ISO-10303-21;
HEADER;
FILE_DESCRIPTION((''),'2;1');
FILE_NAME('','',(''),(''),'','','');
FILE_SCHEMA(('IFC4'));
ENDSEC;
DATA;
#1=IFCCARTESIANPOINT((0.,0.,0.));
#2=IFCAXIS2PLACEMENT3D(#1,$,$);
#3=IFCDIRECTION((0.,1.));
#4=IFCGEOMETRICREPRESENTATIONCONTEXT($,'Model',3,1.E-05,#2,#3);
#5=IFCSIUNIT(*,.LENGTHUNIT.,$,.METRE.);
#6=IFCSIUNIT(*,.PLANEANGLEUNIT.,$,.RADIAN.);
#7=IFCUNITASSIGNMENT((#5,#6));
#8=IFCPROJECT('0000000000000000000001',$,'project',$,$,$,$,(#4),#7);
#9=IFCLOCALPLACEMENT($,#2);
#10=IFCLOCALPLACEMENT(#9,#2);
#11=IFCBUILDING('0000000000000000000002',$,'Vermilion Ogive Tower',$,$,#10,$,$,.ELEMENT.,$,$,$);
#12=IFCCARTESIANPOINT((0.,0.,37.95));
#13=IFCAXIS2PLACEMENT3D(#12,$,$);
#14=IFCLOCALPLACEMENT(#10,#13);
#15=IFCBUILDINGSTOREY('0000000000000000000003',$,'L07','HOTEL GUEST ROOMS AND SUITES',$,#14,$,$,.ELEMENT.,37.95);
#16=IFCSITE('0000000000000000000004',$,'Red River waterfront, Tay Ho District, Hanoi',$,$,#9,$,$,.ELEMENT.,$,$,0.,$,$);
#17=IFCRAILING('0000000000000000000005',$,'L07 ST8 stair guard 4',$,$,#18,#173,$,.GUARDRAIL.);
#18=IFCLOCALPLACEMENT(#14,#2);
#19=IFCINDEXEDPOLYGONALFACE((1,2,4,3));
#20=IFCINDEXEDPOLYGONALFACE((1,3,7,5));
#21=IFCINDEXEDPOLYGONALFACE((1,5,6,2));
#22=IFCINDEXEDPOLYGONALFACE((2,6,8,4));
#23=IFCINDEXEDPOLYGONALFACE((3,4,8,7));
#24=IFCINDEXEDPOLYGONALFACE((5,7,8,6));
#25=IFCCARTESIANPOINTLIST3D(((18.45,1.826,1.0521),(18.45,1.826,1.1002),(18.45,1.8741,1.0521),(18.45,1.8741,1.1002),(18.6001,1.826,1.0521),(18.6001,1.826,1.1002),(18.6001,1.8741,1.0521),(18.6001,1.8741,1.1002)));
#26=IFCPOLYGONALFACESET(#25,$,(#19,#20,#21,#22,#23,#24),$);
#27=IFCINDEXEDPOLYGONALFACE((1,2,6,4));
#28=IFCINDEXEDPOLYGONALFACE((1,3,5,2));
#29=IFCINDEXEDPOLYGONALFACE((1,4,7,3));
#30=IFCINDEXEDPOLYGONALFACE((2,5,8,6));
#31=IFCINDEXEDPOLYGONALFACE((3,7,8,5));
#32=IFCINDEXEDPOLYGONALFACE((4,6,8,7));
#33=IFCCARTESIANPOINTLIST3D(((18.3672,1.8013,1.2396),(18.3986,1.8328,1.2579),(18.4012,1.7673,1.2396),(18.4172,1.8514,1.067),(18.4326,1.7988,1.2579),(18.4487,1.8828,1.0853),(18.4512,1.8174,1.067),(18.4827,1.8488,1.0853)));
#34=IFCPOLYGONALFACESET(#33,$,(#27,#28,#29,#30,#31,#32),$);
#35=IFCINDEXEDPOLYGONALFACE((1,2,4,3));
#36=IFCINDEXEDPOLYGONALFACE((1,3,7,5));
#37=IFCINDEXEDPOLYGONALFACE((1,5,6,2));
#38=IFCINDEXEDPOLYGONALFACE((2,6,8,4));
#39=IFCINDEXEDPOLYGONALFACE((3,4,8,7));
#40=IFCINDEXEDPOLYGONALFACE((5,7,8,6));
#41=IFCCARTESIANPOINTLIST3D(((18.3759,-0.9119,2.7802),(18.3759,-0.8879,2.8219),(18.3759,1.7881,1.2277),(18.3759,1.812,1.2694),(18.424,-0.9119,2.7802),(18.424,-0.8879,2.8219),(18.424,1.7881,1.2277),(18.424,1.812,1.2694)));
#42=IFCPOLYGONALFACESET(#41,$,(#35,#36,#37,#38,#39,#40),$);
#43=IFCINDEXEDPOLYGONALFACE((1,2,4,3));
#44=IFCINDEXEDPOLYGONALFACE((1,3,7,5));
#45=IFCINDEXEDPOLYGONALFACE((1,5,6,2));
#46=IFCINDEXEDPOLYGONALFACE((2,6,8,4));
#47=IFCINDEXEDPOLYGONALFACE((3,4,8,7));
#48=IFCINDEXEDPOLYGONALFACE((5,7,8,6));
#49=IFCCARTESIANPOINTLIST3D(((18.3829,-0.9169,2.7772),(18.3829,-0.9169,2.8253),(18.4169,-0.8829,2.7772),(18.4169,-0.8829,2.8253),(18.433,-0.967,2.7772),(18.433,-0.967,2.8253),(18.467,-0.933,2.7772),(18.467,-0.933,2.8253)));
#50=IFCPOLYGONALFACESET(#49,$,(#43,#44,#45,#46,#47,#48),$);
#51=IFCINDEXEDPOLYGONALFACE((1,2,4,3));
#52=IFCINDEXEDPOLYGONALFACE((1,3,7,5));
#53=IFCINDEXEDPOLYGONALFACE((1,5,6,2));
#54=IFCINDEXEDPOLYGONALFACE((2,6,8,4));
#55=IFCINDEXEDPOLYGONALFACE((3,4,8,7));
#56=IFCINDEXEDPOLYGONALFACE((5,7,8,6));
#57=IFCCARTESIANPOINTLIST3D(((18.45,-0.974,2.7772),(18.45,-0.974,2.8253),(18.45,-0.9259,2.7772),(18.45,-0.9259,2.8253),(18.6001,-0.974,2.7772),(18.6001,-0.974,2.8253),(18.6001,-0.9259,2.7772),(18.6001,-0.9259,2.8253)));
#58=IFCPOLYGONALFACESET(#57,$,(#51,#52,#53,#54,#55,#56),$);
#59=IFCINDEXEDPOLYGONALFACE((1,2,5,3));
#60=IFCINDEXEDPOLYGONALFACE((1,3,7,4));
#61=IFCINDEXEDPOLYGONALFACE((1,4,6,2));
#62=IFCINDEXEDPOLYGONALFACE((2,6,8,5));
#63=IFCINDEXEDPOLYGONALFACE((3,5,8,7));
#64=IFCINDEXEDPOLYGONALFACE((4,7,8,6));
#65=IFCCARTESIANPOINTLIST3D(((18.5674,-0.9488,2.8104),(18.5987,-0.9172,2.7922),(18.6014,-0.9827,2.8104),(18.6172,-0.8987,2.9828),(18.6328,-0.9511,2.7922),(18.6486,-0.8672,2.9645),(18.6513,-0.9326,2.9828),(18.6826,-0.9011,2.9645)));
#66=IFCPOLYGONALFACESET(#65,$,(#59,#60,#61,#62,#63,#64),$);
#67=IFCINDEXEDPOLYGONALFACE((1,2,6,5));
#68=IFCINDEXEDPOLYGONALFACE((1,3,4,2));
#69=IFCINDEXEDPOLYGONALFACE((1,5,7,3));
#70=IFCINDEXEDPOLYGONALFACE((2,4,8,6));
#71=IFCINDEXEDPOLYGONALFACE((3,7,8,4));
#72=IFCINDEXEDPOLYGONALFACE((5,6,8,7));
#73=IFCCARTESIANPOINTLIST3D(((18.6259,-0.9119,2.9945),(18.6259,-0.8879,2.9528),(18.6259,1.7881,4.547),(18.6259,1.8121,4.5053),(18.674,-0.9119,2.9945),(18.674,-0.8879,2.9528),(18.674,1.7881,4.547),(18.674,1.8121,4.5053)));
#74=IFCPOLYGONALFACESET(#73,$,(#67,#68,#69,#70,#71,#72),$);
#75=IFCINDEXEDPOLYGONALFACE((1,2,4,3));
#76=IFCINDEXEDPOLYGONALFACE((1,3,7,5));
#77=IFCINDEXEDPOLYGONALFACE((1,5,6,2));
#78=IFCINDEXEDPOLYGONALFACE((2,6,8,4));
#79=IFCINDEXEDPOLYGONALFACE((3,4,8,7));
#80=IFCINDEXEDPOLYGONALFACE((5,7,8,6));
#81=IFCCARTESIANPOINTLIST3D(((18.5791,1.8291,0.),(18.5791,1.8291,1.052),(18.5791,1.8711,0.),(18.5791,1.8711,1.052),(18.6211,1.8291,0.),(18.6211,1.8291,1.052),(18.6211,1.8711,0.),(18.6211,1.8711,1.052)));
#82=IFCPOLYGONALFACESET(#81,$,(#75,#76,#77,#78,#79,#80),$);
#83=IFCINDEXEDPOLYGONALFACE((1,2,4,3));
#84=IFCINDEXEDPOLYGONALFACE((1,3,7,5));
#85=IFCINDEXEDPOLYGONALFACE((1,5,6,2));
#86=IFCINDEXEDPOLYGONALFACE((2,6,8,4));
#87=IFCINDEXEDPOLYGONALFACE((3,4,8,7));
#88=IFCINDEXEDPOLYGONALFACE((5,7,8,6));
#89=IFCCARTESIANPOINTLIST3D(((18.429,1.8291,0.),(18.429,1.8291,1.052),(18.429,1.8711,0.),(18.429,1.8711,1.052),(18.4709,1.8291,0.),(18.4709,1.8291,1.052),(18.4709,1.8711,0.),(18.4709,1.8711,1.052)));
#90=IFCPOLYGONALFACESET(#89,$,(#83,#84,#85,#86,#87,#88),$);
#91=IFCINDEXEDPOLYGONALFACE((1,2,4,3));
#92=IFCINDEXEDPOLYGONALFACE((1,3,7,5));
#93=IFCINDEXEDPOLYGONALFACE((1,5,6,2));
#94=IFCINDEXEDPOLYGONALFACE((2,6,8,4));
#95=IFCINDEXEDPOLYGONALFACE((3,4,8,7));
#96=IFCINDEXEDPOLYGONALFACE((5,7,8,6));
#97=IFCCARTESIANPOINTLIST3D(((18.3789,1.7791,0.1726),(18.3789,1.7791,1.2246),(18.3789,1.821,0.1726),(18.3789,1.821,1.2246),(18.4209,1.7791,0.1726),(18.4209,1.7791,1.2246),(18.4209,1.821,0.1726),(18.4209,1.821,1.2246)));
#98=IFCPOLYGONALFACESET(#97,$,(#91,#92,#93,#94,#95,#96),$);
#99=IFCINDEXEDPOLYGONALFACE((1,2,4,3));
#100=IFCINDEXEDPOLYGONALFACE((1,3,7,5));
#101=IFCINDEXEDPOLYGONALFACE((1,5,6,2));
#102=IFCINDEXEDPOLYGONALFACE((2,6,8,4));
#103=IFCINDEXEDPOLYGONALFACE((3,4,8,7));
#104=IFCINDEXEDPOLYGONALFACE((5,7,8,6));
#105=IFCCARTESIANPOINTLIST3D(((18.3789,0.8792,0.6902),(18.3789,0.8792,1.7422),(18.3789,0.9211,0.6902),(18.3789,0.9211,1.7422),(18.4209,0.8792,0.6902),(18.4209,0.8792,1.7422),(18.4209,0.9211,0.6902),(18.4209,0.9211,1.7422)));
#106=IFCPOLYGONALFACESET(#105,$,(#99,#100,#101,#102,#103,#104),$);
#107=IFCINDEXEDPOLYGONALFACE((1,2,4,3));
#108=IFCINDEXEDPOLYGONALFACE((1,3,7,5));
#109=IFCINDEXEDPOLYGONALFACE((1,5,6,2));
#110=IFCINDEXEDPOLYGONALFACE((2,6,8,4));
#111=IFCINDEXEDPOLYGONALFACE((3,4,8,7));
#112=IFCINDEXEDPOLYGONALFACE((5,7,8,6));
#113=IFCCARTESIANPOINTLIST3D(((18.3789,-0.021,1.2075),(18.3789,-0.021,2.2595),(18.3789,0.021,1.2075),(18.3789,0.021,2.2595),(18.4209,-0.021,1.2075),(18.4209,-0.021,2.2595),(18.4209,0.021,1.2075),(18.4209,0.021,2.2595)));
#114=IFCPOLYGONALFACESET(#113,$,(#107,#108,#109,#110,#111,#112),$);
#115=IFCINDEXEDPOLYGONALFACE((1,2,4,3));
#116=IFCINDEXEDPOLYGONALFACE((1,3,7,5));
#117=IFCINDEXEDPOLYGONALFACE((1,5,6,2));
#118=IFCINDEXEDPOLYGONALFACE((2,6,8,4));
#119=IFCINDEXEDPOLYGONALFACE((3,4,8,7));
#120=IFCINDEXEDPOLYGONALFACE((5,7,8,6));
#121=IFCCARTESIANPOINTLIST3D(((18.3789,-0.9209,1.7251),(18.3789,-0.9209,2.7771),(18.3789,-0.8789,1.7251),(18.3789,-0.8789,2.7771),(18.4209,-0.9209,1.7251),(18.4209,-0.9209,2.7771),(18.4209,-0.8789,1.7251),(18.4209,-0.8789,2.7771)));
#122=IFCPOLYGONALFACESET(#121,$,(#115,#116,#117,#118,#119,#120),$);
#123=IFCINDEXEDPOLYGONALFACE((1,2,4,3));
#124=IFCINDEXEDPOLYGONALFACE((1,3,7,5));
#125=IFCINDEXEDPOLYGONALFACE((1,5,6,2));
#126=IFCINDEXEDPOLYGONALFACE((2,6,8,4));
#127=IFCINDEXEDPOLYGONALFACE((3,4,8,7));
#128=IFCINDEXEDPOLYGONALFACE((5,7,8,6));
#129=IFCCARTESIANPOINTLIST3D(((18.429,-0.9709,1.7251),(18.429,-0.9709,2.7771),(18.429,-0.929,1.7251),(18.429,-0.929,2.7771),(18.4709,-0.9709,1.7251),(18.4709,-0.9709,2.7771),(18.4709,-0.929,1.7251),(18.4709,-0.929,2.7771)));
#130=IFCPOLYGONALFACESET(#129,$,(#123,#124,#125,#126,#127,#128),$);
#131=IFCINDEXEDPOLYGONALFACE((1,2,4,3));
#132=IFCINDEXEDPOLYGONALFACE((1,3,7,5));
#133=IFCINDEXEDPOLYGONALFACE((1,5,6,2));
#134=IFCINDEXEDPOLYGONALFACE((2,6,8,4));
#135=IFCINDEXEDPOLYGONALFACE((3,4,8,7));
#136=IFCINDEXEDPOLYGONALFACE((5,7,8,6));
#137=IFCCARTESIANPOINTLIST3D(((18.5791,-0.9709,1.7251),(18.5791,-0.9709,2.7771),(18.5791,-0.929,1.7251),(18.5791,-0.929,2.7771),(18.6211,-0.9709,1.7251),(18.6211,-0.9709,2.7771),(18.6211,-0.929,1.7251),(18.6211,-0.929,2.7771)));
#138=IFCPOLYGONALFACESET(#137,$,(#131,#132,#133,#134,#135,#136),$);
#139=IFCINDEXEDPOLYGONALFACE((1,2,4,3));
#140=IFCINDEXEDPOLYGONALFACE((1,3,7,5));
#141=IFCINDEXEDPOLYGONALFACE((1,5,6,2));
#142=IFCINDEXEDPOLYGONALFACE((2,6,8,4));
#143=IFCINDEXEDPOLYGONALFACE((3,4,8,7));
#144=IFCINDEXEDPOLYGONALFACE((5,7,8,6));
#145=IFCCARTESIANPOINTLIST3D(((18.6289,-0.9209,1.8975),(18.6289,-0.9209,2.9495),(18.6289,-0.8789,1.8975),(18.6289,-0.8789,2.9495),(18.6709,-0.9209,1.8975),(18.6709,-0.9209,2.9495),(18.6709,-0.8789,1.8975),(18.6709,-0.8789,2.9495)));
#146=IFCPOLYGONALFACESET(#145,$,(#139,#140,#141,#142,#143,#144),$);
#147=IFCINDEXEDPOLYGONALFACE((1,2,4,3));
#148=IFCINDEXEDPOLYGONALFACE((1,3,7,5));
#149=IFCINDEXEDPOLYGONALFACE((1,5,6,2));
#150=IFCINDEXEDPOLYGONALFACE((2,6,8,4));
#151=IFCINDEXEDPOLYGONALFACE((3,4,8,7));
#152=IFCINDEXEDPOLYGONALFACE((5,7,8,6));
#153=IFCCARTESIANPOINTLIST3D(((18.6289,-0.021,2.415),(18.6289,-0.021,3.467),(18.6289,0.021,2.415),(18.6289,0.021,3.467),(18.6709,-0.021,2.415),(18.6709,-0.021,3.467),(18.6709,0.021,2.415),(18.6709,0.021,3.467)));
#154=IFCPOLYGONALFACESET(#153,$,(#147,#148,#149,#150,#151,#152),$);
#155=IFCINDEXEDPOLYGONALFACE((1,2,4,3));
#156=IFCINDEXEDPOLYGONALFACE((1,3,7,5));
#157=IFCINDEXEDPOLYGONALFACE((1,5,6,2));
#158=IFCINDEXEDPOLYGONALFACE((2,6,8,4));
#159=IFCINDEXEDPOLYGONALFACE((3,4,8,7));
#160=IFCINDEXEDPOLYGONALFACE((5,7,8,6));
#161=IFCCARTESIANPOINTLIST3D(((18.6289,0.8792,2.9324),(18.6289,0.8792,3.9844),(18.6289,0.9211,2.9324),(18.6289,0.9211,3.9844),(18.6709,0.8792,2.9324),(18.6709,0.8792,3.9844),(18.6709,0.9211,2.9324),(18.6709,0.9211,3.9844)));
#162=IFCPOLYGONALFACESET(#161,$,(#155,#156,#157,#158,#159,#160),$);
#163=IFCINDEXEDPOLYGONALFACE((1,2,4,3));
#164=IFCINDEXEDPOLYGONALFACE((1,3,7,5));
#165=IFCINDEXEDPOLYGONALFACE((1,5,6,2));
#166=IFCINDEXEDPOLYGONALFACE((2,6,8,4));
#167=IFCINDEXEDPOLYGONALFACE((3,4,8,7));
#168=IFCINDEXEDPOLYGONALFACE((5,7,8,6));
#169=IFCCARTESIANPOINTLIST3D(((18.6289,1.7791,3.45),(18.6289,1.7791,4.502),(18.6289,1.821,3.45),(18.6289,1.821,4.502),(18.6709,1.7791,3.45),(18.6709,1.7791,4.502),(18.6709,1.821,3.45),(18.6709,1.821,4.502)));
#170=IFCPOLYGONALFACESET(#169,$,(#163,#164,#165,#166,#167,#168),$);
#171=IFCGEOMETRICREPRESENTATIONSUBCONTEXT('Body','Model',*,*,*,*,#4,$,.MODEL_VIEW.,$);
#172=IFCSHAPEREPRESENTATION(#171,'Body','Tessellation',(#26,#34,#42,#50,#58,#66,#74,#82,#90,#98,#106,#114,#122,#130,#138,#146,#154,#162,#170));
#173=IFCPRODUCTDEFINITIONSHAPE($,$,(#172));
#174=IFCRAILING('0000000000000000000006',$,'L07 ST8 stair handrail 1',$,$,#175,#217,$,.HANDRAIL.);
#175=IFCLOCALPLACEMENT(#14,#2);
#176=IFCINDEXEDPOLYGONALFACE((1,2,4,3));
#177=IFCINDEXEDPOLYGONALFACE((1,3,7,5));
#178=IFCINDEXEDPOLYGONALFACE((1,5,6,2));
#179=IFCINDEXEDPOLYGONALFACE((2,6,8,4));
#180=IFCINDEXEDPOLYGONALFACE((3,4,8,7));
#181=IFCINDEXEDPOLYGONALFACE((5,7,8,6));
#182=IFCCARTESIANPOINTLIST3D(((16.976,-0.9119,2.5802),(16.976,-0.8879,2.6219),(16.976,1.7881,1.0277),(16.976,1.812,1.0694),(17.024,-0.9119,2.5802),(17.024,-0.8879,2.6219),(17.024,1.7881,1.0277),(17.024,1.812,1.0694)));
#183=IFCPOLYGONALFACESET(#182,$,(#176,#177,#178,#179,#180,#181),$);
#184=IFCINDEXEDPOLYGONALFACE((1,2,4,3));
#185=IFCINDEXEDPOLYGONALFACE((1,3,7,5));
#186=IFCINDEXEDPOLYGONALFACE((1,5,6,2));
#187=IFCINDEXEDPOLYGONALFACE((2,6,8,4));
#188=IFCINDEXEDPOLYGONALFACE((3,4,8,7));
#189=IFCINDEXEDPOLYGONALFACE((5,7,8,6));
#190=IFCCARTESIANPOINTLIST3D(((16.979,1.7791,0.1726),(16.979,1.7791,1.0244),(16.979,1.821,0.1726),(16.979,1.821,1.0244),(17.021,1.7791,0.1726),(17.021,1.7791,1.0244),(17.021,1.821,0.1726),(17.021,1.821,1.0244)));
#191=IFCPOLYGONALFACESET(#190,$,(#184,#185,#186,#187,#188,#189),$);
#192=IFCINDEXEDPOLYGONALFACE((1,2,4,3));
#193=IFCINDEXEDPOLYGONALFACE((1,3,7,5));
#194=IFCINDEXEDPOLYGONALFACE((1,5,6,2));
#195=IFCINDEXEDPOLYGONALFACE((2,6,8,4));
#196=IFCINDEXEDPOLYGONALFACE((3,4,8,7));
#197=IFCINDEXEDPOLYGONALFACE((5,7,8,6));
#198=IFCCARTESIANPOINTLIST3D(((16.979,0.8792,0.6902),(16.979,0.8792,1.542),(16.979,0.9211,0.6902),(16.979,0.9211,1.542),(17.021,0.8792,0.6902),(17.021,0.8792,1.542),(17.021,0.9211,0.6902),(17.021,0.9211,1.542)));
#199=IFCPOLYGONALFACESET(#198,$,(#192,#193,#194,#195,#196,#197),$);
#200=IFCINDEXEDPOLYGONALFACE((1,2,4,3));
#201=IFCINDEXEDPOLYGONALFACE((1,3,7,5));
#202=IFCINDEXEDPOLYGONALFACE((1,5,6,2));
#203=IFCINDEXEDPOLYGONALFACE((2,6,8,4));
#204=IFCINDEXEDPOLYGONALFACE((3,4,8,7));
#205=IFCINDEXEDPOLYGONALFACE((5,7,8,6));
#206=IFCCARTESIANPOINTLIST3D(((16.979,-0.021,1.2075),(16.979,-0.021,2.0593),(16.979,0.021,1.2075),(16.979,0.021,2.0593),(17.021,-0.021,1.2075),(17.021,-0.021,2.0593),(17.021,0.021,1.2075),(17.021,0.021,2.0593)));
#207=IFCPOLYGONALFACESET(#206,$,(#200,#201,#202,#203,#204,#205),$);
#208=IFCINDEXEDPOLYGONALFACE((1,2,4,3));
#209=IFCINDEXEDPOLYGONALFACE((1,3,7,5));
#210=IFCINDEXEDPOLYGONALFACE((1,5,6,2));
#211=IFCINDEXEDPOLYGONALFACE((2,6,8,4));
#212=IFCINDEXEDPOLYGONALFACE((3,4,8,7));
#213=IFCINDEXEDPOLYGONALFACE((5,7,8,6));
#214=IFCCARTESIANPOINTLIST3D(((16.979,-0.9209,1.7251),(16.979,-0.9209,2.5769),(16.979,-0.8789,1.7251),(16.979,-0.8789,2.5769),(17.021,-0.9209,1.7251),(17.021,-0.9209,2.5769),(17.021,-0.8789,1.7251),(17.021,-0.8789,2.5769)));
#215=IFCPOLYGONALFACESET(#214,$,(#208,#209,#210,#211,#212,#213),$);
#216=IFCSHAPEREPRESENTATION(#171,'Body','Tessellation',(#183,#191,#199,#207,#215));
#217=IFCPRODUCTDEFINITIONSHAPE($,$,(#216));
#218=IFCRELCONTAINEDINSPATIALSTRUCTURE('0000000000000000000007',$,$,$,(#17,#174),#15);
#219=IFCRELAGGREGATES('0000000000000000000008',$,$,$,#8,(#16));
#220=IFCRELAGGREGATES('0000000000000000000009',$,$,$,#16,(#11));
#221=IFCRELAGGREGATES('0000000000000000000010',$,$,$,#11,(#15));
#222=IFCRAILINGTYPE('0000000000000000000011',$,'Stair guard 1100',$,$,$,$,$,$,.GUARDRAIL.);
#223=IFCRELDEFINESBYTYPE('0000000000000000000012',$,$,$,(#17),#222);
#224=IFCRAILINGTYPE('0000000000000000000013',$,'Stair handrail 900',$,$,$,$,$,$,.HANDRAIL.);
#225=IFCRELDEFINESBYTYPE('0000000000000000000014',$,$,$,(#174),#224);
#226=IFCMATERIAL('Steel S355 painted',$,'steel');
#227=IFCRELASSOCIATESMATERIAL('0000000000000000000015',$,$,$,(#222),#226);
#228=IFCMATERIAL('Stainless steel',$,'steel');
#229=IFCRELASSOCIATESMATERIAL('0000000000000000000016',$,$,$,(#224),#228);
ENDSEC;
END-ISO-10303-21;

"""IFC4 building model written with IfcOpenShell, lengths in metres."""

from ifc_helpers import new_model, si_unit, direction, frame, origin, origin_2d, place, context, subcontext, project, spatial, rectangle, extrude, material, type_object, element, save


model = new_model("IFC4")

# Units and contexts
model_context = context("Model", 3, precision=1e-05, world=origin(), true_north=direction((0.0, 1.0)))
body_context = subcontext(model_context, "Body", "Model", "MODEL_VIEW")
ifc_project = project(units=[si_unit("LENGTHUNIT", "METRE"), si_unit("PLANEANGLEUNIT", "RADIAN")], contexts=[model_context])

# Site, building, storey
site_placement = place(None, origin())
site = spatial("IfcSite", under=ifc_project, at=site_placement, Name="Red River waterfront, Tay Ho District, Hanoi", CompositionType="ELEMENT", RefElevation=0.0)
building_placement = place(site_placement, origin())
building = spatial("IfcBuilding", under=site, at=building_placement, Name="Vermilion Ogive Tower", CompositionType="ELEMENT")
storey_placement = place(building_placement, frame((0.0, 0.0, 37.95)))
storey = spatial("IfcBuildingStorey", under=building, at=storey_placement, Name="L07", Description="HOTEL GUEST ROOMS AND SUITES", CompositionType="ELEMENT", Elevation=37.95)

# Railings
ifc_material_1 = material(Name="Steel S355 painted", Category="steel")
railing_type_1 = type_object("IfcRailingType", Name="Stair guard 1100", PredefinedType="GUARDRAIL", material=ifc_material_1)
railing_1_placement = place(storey_placement, frame((18.6001, 1.8501, 0.0)))
element("IfcRailing", 1, at=railing_1_placement, inside=storey, type_object=railing_type_1, Name="L07 ST8 stair guard 4", PredefinedType="GUARDRAIL", context=body_context, shape_type="SweptSolid", body=[
    extrude(rectangle(XDim=0.0481, YDim=0.0481, at=origin_2d()), frame((0.0, 0.0, 1.0762), z_axis=(-1.0, 0.0, 0.0), x_axis=(0.0, -1.0, 0.0)), (0.0, 0.0, 1.0), 0.1501),
    extrude(rectangle(XDim=0.0481, YDim=0.0481, at=origin_2d()), frame((-0.1501, 0.0, 1.0762), z_axis=(-0.268278, -0.268278, 0.925232), x_axis=(0.707107, -0.707107, 0.0)), (0.0, 0.0, 1.0), 0.1865),
    extrude(rectangle(XDim=0.0481, YDim=0.0481, at=origin_2d()), frame((-0.2002, -0.05, 1.2485), z_axis=(0.0, -0.866904, 0.498476), x_axis=(1.0, 0.0, 0.0)), (0.0, 0.0, 1.0), 3.1145),
    extrude(rectangle(XDim=0.0481, YDim=0.0481, at=origin_2d()), frame((-0.2002, -2.75, 2.8013), z_axis=(0.707107, -0.707107, 0.0), x_axis=(0.707107, 0.707107, 0.0)), (0.0, 0.0, 1.0), 0.0708),
    extrude(rectangle(XDim=0.0481, YDim=0.0481, at=origin_2d()), frame((-0.1501, -2.8, 2.8013), z_axis=(1.0, 0.0, 0.0), x_axis=(0.0, 1.0, 0.0)), (0.0, 0.0, 1.0), 0.1501),
    extrude(rectangle(XDim=0.0481, YDim=0.0481, at=origin_2d()), frame((0.0, -2.8, 2.8013), z_axis=(0.267387, 0.268698, 0.925368), x_axis=(-0.708834, 0.705376, 0.0)), (0.0, 0.0, 1.0), 0.1863),
    extrude(rectangle(XDim=0.0481, YDim=0.0481, at=origin_2d()), frame((0.0498, -2.75, 2.9736), z_axis=(0.0, 0.866904, 0.498476), x_axis=(-1.0, 0.0, 0.0)), (0.0, 0.0, 1.0), 3.1145),
    extrude(rectangle(XDim=0.042, YDim=0.042, at=origin_2d()), origin(), (0.0, 0.0, 1.0), 1.052),
    extrude(rectangle(XDim=0.042, YDim=0.042, at=origin_2d()), frame((-0.1501, 0.0, 0.0)), (0.0, 0.0, 1.0), 1.052),
    extrude(rectangle(XDim=0.042, YDim=0.042, at=origin_2d()), frame((-0.2002, -0.05, 0.1726)), (0.0, 0.0, 1.0), 1.052),
    extrude(rectangle(XDim=0.042, YDim=0.042, at=origin_2d()), frame((-0.2002, -0.95, 0.6902)), (0.0, 0.0, 1.0), 1.052),
    extrude(rectangle(XDim=0.042, YDim=0.042, at=origin_2d()), frame((-0.2002, -1.8501, 1.2075)), (0.0, 0.0, 1.0), 1.052),
    extrude(rectangle(XDim=0.042, YDim=0.042, at=origin_2d()), frame((-0.2002, -2.75, 1.7251)), (0.0, 0.0, 1.0), 1.052),
    extrude(rectangle(XDim=0.042, YDim=0.042, at=origin_2d()), frame((-0.1501, -2.8, 1.7251)), (0.0, 0.0, 1.0), 1.052),
    extrude(rectangle(XDim=0.042, YDim=0.042, at=origin_2d()), frame((0.0, -2.8, 1.7251)), (0.0, 0.0, 1.0), 1.052),
    extrude(rectangle(XDim=0.042, YDim=0.042, at=origin_2d()), frame((0.0498, -2.75, 1.8975)), (0.0, 0.0, 1.0), 1.052),
    extrude(rectangle(XDim=0.042, YDim=0.042, at=origin_2d()), frame((0.0498, -1.8501, 2.415)), (0.0, 0.0, 1.0), 1.052),
    extrude(rectangle(XDim=0.042, YDim=0.042, at=origin_2d()), frame((0.0498, -0.95, 2.9324)), (0.0, 0.0, 1.0), 1.052),
    extrude(rectangle(XDim=0.042, YDim=0.042, at=origin_2d()), frame((0.0498, -0.05, 3.45)), (0.0, 0.0, 1.0), 1.052),
])
ifc_material_2 = material(Name="Stainless steel", Category="steel")
railing_type_2 = type_object("IfcRailingType", Name="Stair handrail 900", PredefinedType="HANDRAIL", material=ifc_material_2)
railing_2_placement = place(storey_placement, frame((17.0, 1.8, 0.1726)))
element("IfcRailing", 2, at=railing_2_placement, inside=storey, type_object=railing_type_2, Name="L07 ST8 stair handrail 1", PredefinedType="HANDRAIL", context=body_context, shape_type="SweptSolid", body=[
    extrude(rectangle(XDim=0.0481, YDim=0.0481, at=origin_2d()), frame((0.0, 0.0, 0.876), z_axis=(0.0, -0.866904, 0.498476), x_axis=(1.0, 0.0, 0.0)), (0.0, 0.0, 1.0), 3.1145),
    extrude(rectangle(XDim=0.042, YDim=0.042, at=origin_2d()), origin(), (0.0, 0.0, 1.0), 0.8518),
    extrude(rectangle(XDim=0.042, YDim=0.042, at=origin_2d()), frame((0.0, -0.8999, 0.5176)), (0.0, 0.0, 1.0), 0.8518),
    extrude(rectangle(XDim=0.042, YDim=0.042, at=origin_2d()), frame((0.0, -1.8, 1.0349)), (0.0, 0.0, 1.0), 0.8518),
    extrude(rectangle(XDim=0.042, YDim=0.042, at=origin_2d()), frame((0.0, -2.7, 1.5525)), (0.0, 0.0, 1.0), 0.8518),
])

save(model, "model.ifc")
